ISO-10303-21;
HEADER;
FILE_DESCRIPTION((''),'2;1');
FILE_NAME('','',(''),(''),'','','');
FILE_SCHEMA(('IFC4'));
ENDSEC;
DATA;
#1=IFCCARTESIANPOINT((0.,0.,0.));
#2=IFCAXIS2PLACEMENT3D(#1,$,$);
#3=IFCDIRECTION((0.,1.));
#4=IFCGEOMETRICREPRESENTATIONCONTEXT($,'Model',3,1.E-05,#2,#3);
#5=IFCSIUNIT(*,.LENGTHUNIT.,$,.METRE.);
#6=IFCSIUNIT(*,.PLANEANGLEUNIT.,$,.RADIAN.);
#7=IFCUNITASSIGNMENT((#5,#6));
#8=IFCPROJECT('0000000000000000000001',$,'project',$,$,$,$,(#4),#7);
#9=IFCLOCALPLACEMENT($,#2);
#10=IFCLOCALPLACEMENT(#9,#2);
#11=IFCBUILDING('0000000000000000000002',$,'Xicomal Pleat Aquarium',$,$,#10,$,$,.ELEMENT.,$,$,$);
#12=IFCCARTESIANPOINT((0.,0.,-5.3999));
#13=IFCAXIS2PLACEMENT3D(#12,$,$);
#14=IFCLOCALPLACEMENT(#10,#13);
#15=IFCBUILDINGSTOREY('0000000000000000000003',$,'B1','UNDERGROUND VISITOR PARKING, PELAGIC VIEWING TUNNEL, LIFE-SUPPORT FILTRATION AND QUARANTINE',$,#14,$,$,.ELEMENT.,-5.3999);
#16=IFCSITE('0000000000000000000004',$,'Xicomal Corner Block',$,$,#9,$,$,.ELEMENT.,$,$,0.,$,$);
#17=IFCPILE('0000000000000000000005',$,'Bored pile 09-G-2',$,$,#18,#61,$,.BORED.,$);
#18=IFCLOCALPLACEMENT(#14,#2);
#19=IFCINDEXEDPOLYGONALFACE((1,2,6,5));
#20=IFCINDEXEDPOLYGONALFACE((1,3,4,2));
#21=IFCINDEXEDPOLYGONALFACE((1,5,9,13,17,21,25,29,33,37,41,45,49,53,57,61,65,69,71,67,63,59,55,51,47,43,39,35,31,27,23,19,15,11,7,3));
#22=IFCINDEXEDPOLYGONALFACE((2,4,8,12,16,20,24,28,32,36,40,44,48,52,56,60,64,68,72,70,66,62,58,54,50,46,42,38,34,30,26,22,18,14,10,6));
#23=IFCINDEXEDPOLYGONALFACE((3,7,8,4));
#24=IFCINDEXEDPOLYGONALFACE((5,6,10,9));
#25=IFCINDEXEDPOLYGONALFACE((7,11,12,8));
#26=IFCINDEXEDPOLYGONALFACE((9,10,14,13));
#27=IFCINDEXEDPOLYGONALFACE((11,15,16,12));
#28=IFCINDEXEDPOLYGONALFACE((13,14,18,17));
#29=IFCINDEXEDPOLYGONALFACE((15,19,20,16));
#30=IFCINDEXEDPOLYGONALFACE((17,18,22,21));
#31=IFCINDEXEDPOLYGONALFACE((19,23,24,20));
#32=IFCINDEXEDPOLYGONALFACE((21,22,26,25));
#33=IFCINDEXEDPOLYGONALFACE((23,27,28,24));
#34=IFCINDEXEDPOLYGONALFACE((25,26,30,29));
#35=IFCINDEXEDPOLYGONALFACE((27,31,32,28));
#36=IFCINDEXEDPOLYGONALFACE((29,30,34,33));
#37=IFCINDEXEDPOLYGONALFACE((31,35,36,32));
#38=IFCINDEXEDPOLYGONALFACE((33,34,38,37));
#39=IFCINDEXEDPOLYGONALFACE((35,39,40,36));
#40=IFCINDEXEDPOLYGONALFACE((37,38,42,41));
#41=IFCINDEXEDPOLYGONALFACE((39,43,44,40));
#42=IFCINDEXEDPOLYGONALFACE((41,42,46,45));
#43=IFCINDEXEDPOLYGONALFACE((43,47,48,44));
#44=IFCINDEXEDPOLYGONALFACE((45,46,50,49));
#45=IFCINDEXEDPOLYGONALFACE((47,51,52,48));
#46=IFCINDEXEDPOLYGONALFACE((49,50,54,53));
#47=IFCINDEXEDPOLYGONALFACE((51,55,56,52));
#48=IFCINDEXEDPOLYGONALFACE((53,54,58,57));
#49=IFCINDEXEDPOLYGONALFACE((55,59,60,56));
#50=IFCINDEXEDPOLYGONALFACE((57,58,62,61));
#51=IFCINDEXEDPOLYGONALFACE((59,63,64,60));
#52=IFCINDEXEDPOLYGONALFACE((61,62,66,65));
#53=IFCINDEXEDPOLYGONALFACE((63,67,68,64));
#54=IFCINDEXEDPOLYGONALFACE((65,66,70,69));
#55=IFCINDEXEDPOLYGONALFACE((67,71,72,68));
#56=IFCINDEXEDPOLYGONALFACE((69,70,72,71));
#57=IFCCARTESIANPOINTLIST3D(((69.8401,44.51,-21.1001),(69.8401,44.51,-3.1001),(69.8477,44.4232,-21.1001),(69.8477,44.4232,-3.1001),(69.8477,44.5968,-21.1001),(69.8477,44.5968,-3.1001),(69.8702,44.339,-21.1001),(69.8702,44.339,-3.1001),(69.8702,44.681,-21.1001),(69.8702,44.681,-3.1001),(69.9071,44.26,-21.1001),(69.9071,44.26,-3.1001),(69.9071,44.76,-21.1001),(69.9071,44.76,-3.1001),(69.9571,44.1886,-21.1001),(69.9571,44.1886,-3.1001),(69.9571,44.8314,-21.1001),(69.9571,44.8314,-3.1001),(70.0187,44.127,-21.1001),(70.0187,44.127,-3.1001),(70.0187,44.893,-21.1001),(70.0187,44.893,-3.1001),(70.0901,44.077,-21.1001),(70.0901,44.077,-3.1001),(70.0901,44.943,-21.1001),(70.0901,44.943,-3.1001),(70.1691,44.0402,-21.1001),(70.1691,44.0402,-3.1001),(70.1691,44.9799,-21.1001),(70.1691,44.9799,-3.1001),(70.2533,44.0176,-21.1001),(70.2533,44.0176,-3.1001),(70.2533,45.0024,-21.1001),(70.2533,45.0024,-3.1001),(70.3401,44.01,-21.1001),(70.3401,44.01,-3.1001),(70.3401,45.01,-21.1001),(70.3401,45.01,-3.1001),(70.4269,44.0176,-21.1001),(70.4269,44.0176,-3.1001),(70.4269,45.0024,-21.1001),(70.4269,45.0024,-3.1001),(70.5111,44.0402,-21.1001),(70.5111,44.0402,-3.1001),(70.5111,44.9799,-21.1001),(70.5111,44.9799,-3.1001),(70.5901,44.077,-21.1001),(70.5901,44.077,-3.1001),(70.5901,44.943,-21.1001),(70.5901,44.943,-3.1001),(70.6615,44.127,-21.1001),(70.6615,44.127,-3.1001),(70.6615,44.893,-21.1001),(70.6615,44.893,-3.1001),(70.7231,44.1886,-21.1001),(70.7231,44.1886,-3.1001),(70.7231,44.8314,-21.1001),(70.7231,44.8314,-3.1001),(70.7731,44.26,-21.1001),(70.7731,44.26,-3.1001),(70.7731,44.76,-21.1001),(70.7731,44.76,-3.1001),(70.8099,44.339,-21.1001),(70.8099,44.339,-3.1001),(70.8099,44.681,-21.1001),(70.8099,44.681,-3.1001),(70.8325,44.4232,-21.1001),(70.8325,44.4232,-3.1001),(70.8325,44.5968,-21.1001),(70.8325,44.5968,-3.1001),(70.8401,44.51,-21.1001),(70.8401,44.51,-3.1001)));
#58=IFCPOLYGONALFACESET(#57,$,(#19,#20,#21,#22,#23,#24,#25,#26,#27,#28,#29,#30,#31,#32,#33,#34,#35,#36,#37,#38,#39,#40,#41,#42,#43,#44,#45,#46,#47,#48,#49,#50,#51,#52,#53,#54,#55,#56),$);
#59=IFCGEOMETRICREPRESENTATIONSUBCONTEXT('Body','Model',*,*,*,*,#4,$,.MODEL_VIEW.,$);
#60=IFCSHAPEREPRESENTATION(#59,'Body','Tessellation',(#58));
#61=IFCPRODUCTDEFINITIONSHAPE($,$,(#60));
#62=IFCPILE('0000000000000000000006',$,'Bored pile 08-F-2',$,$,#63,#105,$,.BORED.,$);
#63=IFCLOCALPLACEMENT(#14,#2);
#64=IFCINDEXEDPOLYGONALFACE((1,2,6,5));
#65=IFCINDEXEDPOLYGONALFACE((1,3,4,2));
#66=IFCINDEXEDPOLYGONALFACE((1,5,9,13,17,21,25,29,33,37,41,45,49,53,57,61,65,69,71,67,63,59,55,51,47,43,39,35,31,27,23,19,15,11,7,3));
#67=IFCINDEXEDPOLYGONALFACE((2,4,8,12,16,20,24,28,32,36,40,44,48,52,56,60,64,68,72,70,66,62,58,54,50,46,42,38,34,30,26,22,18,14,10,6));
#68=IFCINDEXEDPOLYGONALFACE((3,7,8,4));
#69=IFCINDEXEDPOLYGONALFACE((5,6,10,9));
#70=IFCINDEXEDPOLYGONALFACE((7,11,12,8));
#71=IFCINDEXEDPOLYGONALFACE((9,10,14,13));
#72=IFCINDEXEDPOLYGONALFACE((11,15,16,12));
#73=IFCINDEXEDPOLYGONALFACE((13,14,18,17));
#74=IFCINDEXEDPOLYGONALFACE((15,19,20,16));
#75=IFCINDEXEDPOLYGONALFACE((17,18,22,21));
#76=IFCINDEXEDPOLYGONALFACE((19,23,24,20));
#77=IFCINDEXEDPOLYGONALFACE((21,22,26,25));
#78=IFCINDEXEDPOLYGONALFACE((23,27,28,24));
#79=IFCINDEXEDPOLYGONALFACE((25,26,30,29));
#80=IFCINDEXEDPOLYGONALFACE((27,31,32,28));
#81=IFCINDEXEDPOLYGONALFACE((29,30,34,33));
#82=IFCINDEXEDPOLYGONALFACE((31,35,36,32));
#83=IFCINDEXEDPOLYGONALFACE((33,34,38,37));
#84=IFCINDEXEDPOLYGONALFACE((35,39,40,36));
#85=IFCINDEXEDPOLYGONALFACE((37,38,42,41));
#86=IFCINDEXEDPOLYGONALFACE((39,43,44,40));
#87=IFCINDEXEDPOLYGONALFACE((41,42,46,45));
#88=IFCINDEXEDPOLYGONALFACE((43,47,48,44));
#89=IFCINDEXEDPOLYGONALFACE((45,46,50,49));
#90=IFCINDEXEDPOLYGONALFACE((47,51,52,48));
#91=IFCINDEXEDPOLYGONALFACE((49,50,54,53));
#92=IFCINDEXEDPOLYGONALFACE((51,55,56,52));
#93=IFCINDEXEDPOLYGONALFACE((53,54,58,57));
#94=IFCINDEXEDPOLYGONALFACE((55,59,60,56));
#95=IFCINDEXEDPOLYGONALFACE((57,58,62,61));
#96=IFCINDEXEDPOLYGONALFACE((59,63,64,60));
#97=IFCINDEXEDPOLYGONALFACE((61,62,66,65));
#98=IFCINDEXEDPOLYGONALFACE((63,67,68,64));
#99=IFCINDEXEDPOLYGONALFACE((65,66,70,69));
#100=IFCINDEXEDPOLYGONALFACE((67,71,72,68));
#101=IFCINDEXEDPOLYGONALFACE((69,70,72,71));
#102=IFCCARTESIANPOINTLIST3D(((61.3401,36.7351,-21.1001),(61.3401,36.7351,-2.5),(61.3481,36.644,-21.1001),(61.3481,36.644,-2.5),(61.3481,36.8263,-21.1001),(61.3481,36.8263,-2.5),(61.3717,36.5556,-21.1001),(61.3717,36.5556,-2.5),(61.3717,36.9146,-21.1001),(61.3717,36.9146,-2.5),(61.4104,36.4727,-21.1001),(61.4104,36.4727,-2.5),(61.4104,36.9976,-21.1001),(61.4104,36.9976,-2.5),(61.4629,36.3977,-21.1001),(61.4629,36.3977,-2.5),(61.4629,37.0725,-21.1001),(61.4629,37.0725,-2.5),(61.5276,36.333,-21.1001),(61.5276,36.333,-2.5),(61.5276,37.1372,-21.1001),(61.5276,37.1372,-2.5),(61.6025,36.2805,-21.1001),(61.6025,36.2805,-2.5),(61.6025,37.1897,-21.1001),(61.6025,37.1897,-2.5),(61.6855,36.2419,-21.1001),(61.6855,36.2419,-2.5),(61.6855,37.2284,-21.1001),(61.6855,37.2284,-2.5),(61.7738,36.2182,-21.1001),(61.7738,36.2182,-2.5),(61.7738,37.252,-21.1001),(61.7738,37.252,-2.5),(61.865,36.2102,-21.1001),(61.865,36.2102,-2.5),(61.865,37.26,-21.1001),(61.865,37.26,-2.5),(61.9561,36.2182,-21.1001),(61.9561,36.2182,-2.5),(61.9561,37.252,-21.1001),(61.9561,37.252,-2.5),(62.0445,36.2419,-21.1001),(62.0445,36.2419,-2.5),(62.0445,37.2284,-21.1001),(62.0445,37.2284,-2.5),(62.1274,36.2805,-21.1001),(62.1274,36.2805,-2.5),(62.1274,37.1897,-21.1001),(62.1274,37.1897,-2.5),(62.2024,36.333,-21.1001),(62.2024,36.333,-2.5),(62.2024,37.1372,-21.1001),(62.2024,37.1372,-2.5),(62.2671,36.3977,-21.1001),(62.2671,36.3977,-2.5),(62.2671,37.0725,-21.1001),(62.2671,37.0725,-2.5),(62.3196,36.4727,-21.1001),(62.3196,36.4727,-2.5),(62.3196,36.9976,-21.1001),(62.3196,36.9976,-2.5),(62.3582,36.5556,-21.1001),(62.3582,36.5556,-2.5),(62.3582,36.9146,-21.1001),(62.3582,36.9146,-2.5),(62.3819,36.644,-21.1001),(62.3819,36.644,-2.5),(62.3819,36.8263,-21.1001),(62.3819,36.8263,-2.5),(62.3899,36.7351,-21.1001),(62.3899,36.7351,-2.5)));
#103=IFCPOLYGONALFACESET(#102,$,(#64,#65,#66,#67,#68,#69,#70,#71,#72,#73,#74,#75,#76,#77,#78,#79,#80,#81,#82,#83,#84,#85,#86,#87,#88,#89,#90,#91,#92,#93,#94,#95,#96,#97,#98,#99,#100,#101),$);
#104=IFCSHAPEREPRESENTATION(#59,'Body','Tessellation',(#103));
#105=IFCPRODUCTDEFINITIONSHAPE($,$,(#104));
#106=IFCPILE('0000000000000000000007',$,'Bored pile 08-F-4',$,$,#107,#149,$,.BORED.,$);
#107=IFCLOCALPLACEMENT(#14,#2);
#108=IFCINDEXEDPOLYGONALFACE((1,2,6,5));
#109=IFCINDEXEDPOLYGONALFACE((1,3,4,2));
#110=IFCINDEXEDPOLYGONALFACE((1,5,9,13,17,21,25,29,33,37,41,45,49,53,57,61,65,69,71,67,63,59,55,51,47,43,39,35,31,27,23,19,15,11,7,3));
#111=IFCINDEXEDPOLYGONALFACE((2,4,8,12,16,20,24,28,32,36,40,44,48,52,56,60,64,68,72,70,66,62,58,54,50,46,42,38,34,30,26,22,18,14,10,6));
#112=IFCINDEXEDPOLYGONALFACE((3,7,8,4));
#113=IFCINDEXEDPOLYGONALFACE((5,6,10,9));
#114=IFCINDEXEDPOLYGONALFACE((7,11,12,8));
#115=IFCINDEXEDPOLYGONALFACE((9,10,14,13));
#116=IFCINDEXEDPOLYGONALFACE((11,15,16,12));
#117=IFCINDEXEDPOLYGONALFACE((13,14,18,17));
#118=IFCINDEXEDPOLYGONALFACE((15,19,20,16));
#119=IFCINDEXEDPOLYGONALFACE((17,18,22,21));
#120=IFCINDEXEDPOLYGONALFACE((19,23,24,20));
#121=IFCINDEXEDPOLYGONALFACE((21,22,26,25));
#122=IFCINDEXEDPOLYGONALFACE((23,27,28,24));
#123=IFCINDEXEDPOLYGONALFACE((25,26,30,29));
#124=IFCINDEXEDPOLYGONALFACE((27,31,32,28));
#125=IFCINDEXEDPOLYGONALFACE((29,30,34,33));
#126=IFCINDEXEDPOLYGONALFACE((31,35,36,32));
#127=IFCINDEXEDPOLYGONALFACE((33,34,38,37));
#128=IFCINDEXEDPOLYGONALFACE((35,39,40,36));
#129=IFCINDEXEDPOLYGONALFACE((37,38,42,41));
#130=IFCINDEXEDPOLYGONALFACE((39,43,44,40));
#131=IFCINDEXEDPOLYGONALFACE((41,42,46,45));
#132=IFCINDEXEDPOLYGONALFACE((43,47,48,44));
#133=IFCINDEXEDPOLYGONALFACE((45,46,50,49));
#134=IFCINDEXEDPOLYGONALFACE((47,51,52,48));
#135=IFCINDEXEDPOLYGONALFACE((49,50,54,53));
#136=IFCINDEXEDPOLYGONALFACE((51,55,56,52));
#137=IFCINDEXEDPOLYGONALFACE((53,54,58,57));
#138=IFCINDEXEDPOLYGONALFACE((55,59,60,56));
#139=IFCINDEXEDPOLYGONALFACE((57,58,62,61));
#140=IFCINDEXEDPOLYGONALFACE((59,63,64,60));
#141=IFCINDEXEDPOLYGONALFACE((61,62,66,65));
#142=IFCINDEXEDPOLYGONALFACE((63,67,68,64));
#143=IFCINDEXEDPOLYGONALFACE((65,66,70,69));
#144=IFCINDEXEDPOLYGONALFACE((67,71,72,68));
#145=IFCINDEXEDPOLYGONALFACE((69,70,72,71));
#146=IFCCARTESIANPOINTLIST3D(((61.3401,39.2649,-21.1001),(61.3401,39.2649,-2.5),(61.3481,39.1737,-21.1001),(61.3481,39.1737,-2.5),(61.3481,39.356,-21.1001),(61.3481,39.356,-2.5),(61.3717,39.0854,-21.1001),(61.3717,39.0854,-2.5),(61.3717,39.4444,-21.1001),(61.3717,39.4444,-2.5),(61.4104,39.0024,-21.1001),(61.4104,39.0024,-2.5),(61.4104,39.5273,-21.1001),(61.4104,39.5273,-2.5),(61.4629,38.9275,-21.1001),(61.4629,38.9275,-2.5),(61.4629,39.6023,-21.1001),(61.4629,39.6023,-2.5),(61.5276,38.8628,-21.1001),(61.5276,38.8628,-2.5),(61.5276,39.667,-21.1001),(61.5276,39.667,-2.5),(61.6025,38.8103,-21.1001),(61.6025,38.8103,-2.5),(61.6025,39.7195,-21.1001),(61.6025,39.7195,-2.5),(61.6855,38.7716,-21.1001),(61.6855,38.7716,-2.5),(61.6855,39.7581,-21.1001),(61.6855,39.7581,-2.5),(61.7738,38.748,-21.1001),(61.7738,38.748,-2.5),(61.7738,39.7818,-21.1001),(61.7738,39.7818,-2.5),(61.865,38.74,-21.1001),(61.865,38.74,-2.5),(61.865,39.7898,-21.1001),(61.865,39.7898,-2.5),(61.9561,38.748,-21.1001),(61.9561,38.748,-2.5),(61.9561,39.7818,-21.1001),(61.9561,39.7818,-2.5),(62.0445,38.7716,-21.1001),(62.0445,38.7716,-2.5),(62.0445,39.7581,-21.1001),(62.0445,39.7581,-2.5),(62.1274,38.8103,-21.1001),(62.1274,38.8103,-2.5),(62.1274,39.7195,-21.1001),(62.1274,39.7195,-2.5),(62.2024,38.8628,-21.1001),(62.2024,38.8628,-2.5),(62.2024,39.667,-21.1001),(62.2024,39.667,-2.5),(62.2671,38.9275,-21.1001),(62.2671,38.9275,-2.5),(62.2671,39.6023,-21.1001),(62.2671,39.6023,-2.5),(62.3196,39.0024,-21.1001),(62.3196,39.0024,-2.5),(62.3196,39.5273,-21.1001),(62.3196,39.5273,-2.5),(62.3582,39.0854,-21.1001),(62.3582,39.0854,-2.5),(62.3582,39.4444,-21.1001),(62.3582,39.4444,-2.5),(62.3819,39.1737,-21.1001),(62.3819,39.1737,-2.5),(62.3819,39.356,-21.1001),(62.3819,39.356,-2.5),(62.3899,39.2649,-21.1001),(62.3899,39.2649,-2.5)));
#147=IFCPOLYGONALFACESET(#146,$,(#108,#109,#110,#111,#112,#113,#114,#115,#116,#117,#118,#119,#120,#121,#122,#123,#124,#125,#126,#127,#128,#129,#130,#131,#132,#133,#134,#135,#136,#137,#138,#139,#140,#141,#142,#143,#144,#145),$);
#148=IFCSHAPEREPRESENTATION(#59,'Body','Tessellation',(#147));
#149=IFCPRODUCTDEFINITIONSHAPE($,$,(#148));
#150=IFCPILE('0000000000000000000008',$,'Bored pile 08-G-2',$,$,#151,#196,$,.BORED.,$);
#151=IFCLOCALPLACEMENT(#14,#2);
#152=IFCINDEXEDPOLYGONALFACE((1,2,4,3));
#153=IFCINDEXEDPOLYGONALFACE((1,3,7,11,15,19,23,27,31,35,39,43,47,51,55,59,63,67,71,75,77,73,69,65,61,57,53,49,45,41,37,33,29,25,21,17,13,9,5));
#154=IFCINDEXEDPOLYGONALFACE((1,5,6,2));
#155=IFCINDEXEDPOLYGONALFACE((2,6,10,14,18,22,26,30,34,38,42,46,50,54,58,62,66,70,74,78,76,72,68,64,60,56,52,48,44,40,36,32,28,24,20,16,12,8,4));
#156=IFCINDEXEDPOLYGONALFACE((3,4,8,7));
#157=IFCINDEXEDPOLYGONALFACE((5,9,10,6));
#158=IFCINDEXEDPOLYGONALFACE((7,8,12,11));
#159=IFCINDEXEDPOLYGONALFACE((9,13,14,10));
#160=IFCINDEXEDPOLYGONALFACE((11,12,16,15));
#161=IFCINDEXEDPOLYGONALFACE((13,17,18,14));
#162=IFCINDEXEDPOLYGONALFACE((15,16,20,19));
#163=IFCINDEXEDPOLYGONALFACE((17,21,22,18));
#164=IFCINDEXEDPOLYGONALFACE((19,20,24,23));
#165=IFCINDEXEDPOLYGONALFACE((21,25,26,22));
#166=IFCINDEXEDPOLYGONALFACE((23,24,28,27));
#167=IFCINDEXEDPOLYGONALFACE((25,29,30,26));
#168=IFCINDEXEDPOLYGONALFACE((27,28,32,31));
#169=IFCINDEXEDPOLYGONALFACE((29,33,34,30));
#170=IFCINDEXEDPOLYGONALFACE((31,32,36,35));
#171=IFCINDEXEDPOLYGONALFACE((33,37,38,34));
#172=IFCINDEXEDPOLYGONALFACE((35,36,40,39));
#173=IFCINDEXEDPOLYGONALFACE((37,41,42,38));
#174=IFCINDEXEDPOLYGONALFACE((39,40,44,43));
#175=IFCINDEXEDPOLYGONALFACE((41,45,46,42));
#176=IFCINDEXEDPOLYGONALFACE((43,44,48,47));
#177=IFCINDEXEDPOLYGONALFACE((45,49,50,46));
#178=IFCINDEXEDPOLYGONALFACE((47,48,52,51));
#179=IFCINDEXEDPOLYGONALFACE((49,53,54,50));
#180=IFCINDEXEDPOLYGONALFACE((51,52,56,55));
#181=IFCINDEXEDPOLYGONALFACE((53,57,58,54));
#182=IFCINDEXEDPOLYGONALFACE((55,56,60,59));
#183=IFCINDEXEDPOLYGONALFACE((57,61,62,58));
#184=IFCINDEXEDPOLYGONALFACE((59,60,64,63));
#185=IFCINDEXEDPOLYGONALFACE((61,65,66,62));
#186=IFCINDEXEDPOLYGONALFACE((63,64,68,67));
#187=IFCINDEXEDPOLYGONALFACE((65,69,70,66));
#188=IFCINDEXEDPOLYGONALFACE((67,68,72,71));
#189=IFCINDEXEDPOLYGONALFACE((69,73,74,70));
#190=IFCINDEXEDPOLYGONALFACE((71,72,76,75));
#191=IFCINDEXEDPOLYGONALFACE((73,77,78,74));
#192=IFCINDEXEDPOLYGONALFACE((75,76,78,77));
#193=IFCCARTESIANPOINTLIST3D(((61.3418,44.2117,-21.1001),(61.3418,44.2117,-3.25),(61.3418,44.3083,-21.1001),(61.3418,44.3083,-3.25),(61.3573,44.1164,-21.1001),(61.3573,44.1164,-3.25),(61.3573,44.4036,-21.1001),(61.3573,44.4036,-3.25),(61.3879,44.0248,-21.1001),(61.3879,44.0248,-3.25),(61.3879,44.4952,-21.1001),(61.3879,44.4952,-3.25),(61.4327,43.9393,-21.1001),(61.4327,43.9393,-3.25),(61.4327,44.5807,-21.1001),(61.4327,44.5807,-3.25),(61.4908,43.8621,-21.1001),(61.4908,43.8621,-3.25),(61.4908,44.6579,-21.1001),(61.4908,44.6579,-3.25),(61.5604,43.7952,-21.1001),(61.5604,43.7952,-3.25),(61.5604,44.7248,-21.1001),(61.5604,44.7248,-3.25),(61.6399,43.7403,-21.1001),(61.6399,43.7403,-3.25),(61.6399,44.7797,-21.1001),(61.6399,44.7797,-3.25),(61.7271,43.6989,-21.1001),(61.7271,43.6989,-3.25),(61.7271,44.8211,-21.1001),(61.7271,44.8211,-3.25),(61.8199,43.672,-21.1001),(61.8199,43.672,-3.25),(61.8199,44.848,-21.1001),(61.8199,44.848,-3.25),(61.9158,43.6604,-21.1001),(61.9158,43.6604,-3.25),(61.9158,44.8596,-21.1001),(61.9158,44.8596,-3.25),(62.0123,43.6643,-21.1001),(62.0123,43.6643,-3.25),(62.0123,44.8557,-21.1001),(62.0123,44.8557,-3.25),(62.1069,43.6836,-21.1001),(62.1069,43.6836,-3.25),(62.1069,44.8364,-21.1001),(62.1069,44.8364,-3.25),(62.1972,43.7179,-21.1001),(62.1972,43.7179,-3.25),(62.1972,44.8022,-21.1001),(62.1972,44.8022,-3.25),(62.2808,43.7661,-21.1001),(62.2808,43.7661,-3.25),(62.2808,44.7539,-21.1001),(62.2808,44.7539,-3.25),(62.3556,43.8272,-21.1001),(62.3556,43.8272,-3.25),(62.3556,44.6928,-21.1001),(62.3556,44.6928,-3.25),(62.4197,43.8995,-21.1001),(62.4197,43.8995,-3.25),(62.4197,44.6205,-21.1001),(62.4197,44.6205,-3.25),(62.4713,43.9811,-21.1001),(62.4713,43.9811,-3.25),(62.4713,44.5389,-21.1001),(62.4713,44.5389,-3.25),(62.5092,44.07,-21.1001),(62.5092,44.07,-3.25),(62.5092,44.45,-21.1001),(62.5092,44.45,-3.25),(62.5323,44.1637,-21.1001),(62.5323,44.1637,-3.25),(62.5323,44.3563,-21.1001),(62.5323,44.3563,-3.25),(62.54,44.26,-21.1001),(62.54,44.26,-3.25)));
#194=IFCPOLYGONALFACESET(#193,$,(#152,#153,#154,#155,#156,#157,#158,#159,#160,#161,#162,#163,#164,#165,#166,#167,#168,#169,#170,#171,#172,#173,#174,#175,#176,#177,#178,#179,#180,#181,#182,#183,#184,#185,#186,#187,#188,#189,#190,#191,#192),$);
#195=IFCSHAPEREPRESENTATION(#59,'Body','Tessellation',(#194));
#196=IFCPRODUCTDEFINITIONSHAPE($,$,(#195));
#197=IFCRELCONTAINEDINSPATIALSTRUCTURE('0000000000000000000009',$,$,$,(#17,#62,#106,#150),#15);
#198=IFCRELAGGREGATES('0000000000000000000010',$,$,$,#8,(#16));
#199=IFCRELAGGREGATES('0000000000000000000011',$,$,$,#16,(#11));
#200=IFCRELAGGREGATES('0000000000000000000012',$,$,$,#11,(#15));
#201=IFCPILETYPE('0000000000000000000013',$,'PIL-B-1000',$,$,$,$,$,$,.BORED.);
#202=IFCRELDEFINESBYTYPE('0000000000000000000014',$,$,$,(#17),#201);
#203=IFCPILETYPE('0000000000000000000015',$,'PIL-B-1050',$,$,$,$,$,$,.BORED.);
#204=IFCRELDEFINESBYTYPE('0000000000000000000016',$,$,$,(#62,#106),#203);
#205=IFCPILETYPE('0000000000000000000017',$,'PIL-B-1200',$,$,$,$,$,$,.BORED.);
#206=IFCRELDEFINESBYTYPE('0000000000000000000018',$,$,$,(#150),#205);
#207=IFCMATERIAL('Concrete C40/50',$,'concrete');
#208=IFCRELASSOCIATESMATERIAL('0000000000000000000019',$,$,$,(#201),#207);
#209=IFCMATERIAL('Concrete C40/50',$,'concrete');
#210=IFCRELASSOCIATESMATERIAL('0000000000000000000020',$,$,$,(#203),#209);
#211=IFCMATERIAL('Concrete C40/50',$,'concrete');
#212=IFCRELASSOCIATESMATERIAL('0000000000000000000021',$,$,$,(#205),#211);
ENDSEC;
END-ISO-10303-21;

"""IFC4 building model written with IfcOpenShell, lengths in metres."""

from ifc_helpers import new_model, si_unit, direction, frame, origin, origin_2d, place, context, subcontext, project, spatial, circle, extrude, material, material_profile, profile_set, type_object, element, save


model = new_model("IFC4")

# Units and contexts
model_context = context("Model", 3, precision=1e-05, world=origin(), true_north=direction((0.0, 1.0)))
body_context = subcontext(model_context, "Body", "Model", "MODEL_VIEW")
ifc_project = project(units=[si_unit("LENGTHUNIT", "METRE"), si_unit("PLANEANGLEUNIT", "RADIAN")], contexts=[model_context])

# Site, building, storey
site_placement = place(None, origin())
site = spatial("IfcSite", under=ifc_project, at=site_placement, Name="Xicomal Corner Block", CompositionType="ELEMENT", RefElevation=0.0)
building_placement = place(site_placement, origin())
building = spatial("IfcBuilding", under=site, at=building_placement, Name="Xicomal Pleat Aquarium", CompositionType="ELEMENT")
storey_placement = place(building_placement, frame((0.0, 0.0, -5.3999)))
storey = spatial("IfcBuildingStorey", under=building, at=storey_placement, Name="B1", Description="UNDERGROUND VISITOR PARKING, PELAGIC VIEWING TUNNEL, LIFE-SUPPORT FILTRATION AND QUARANTINE", CompositionType="ELEMENT", Elevation=-5.3999)

# Piles
ifc_material_1 = material(Name="Concrete C40/50", Category="concrete")
ifc_material_profile_1 = material_profile(ifc_material_1, circle(Radius=0.5, at=origin_2d()), Name="BORED PILE D1000")
ifc_profile_set_1 = profile_set([ifc_material_profile_1], Name="Concrete C40/50")
pile_type_1 = type_object("IfcPileType", Name="PIL-B-1000", PredefinedType="BORED", material=ifc_profile_set_1)
for number, where, z_axis, x_axis, name in (
    (1, (70.3401, 44.51, -3.1001), (0.0, 0.0, -1.0), (1.0, 0.0, 0.0), "Bored pile 09-G-2"),
):
    element("IfcPile", number, at=place(storey_placement, frame(where, z_axis=z_axis, x_axis=x_axis)), inside=storey, type_object=pile_type_1, Name=name, PredefinedType="BORED", context=body_context, shape_type="SweptSolid", body=[
        extrude(circle(Radius=0.5, at=origin_2d()), origin(), (0.0, 0.0, 1.0), 18.0),
    ])
ifc_material_2 = material(Name="Concrete C40/50", Category="concrete")
ifc_material_profile_2 = material_profile(ifc_material_2, circle(Radius=0.5249, at=origin_2d()), Name="BORED PILE D1050")
ifc_profile_set_2 = profile_set([ifc_material_profile_2], Name="Concrete C40/50")
pile_type_2 = type_object("IfcPileType", Name="PIL-B-1050", PredefinedType="BORED", material=ifc_profile_set_2)
for number, where, z_axis, x_axis, name in (
    (2, (61.865, 36.7351, -2.5), (0.0, 0.0, -1.0), (1.0, 0.0, 0.0), "Bored pile 08-F-2"),
    (3, (61.865, 39.2649, -2.5), (0.0, 0.0, -1.0), (1.0, 0.0, 0.0), "Bored pile 08-F-4"),
):
    element("IfcPile", number, at=place(storey_placement, frame(where, z_axis=z_axis, x_axis=x_axis)), inside=storey, type_object=pile_type_2, Name=name, PredefinedType="BORED", context=body_context, shape_type="SweptSolid", body=[
        extrude(circle(Radius=0.5249, at=origin_2d()), origin(), (0.0, 0.0, 1.0), 18.6001),
    ])
ifc_material_3 = material(Name="Concrete C40/50", Category="concrete")
ifc_material_profile_3 = material_profile(ifc_material_3, circle(Radius=0.6001, at=origin_2d()), Name="BORED PILE D1200")
ifc_profile_set_3 = profile_set([ifc_material_profile_3], Name="Concrete C40/50")
pile_type_3 = type_object("IfcPileType", Name="PIL-B-1200", PredefinedType="BORED", material=ifc_profile_set_3)
pile_1_placement = place(storey_placement, frame((61.9399, 44.26, -3.25), z_axis=(0.0, 0.0, -1.0), x_axis=(1.0, 0.0, 0.0)))
element("IfcPile", 4, at=pile_1_placement, inside=storey, type_object=pile_type_3, Name="Bored pile 08-G-2", PredefinedType="BORED", context=body_context, shape_type="SweptSolid", body=[
    extrude(circle(Radius=0.6001, at=origin_2d()), origin(), (0.0, 0.0, 1.0), 17.8501),
])

save(model, "model.ifc")
